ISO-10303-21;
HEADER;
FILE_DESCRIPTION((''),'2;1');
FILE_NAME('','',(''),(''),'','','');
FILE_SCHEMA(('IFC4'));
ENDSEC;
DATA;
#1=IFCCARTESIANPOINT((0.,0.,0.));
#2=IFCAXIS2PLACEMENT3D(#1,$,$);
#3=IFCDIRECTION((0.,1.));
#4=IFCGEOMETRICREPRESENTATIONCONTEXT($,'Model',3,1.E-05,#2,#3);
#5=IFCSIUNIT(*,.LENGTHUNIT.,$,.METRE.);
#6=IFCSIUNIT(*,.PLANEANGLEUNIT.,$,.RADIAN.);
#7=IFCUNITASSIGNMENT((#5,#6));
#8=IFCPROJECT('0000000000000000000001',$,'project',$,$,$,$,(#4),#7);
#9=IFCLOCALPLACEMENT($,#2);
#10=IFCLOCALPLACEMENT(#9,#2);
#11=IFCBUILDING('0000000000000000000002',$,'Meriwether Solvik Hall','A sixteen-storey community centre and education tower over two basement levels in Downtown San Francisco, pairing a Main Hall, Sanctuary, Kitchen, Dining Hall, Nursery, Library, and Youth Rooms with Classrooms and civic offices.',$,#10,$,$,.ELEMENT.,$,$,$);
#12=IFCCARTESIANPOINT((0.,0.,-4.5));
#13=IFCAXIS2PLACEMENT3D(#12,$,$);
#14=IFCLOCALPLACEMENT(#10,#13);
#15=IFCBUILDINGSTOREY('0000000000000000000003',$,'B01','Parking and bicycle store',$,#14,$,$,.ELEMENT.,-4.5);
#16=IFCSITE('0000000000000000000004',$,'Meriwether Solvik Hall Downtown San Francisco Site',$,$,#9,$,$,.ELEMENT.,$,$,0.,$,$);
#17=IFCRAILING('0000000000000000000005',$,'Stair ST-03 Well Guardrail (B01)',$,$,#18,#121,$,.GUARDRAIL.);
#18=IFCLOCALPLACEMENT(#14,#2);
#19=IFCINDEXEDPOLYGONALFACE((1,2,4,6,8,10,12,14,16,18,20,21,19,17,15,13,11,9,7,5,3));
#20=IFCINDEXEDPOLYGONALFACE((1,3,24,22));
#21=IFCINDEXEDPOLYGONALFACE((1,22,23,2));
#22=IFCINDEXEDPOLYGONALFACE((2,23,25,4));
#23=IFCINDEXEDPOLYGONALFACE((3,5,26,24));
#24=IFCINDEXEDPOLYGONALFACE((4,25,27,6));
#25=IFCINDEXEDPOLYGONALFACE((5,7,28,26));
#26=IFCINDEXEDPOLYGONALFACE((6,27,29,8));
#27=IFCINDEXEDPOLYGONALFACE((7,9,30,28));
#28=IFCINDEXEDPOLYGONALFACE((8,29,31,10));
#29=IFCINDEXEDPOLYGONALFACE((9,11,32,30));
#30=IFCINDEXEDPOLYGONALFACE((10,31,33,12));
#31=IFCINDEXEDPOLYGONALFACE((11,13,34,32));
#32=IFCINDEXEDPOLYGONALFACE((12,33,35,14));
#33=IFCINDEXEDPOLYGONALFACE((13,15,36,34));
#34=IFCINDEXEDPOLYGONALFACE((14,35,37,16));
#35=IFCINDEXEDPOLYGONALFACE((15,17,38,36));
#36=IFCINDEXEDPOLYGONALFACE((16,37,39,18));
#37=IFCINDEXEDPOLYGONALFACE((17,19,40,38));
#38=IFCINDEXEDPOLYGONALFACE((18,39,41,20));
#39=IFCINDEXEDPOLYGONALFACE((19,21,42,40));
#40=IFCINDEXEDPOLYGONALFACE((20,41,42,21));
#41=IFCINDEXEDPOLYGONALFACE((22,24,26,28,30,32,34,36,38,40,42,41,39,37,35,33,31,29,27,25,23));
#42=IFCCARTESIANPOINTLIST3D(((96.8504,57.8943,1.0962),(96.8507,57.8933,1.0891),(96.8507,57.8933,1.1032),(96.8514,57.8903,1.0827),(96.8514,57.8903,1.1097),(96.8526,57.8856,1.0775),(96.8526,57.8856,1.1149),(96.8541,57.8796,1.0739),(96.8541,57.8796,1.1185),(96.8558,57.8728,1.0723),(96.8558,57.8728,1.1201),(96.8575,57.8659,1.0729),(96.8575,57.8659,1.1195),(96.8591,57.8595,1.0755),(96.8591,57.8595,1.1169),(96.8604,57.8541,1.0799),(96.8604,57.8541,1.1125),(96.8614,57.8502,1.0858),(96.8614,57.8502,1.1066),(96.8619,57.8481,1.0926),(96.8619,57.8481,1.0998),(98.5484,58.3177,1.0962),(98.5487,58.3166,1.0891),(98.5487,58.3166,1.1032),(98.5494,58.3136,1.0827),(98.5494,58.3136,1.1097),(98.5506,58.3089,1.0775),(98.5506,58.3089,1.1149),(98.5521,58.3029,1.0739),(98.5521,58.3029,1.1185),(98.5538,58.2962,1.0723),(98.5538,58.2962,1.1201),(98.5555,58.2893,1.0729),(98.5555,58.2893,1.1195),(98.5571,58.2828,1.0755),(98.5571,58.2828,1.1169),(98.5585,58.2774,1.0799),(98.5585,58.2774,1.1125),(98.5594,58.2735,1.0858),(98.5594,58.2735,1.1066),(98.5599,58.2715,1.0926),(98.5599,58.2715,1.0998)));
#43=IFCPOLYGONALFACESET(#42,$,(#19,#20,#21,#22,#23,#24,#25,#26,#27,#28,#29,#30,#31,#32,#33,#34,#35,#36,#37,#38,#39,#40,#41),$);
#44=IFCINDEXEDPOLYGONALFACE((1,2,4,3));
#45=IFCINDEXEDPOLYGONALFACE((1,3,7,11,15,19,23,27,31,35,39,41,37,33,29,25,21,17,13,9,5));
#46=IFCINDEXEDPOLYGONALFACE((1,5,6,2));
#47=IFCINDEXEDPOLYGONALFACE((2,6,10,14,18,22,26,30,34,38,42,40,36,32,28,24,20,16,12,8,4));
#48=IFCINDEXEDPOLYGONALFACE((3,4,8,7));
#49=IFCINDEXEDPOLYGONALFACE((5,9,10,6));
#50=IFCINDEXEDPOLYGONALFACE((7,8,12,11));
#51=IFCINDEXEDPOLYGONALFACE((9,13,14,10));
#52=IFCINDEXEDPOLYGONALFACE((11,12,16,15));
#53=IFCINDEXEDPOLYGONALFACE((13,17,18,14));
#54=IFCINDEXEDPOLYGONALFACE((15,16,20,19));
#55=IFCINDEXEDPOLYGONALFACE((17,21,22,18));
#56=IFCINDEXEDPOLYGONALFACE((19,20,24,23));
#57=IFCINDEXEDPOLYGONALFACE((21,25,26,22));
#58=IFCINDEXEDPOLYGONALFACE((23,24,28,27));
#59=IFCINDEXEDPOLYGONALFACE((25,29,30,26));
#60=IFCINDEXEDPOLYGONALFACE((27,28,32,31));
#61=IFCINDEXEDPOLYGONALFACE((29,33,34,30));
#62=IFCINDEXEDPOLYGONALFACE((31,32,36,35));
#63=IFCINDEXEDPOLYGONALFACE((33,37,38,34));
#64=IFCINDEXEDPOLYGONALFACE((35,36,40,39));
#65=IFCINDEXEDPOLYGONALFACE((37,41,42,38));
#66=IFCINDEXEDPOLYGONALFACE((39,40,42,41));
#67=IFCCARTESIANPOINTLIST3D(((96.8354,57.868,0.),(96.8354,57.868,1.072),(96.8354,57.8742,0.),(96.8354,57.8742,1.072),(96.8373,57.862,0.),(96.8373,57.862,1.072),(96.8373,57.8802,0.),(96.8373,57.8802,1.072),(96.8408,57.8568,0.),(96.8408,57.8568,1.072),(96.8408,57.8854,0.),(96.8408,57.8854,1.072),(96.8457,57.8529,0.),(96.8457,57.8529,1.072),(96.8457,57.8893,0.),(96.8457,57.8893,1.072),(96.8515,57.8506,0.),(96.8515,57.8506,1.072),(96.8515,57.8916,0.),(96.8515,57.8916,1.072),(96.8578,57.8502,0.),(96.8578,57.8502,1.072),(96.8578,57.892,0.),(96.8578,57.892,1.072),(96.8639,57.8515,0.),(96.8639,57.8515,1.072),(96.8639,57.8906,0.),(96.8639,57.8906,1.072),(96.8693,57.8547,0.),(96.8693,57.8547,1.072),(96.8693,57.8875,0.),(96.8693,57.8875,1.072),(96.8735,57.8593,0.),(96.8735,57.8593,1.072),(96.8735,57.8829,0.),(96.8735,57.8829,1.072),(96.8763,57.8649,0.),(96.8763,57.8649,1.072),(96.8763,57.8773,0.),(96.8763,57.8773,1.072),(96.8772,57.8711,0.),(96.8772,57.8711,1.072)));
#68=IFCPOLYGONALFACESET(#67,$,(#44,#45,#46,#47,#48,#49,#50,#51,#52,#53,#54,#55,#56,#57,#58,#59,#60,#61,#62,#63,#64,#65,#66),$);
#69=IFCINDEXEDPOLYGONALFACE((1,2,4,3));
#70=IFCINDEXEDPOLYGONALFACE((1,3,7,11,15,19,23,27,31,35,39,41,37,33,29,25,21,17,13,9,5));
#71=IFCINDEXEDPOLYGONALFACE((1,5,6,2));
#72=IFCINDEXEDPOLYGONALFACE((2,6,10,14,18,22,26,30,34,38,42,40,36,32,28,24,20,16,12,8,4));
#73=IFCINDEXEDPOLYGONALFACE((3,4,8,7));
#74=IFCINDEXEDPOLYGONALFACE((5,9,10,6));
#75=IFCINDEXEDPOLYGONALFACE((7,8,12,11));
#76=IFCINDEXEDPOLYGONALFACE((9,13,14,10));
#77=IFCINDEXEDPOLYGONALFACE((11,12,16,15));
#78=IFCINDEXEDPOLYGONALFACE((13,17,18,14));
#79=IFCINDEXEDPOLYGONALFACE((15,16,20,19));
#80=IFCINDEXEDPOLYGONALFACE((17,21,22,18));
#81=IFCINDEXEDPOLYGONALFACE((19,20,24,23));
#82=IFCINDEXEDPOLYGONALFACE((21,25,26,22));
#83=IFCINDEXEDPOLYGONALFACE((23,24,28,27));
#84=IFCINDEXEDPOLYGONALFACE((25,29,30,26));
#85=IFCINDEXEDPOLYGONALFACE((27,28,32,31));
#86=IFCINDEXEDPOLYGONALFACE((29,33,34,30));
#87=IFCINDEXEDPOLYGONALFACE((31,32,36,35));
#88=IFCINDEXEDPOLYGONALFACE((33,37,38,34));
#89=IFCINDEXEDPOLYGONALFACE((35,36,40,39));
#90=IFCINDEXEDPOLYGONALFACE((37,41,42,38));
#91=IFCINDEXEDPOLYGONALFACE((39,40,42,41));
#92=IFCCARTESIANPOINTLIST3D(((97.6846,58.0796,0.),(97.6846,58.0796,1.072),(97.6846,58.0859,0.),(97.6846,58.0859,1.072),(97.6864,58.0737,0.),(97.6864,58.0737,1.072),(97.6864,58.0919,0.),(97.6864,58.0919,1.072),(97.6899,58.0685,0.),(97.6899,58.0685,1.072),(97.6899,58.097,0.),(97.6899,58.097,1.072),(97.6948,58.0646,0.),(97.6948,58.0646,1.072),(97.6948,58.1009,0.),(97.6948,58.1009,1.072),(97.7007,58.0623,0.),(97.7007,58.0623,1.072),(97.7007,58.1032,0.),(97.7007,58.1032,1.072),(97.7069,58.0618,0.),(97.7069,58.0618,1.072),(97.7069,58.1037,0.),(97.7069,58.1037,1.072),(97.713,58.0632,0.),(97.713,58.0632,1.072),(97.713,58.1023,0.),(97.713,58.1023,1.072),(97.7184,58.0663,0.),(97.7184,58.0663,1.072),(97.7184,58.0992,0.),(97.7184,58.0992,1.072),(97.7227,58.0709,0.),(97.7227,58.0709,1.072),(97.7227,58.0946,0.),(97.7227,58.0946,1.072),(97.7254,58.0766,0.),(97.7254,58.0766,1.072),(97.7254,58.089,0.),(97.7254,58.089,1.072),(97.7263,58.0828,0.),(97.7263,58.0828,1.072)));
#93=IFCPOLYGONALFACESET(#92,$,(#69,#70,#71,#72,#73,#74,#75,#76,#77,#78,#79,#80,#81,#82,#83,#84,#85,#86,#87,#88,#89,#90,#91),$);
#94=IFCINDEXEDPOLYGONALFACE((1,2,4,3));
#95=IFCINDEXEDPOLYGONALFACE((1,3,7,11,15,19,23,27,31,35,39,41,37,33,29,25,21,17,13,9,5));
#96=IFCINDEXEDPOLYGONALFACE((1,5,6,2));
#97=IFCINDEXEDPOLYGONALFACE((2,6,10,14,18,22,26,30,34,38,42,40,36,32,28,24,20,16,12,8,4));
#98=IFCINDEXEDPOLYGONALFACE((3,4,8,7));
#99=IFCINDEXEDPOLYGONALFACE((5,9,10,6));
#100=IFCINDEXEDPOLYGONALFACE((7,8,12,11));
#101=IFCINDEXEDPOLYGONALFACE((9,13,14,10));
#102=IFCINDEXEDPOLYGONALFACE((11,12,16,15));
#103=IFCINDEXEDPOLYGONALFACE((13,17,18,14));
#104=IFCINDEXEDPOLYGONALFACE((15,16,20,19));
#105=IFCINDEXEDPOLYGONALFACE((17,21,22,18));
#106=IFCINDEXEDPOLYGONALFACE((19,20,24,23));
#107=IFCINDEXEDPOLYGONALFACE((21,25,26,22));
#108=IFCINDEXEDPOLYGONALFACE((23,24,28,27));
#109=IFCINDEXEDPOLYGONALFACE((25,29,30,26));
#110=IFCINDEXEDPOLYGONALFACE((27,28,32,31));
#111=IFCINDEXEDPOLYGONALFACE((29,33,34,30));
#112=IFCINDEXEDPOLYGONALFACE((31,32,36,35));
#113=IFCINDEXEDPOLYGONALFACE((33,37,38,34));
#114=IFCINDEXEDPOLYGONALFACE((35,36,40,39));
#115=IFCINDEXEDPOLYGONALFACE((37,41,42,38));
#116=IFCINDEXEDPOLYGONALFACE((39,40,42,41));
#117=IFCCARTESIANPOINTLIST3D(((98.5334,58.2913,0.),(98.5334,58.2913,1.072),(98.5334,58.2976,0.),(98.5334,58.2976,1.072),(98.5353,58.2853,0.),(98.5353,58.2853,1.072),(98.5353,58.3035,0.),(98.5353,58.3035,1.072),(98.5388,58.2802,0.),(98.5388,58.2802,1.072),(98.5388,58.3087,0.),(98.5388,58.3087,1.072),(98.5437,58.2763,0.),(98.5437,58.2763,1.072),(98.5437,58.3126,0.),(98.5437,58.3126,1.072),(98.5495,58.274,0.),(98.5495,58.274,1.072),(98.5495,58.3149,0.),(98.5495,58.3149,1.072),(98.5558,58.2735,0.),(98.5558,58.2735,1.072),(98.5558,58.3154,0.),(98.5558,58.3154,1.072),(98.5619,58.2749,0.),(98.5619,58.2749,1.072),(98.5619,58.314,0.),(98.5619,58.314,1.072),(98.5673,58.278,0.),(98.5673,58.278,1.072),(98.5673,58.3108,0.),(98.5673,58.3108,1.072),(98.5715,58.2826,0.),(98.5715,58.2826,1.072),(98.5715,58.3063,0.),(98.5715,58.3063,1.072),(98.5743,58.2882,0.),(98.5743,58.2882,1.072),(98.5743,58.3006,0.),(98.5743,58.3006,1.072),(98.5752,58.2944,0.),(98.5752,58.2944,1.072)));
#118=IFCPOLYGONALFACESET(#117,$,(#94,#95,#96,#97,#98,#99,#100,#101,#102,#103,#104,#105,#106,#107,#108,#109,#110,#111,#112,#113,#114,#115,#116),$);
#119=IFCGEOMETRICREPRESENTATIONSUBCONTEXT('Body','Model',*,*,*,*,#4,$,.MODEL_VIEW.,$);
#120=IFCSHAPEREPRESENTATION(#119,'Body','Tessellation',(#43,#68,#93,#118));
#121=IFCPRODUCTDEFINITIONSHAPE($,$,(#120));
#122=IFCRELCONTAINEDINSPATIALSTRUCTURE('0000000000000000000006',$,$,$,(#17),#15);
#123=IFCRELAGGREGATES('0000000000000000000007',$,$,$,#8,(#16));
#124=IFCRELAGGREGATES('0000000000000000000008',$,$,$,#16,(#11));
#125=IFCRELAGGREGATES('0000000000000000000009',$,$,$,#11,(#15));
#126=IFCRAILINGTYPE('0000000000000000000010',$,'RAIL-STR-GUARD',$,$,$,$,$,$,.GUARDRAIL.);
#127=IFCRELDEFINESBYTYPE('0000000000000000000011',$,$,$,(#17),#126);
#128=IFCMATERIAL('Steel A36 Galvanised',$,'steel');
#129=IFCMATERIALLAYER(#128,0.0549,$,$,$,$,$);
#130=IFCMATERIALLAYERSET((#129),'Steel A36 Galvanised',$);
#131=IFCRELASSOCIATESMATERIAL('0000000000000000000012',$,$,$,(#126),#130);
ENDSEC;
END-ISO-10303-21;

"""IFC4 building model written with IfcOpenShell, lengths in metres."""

from ifc_helpers import new_model, si_unit, direction, frame, origin, origin_2d, place, context, subcontext, project, spatial, circle, extrude, material, layer, layer_set, type_object, element, save


model = new_model("IFC4")

# Units and contexts
model_context = context("Model", 3, precision=1e-05, world=origin(), true_north=direction((0.0, 1.0)))
body_context = subcontext(model_context, "Body", "Model", "MODEL_VIEW")
ifc_project = project(units=[si_unit("LENGTHUNIT", "METRE"), si_unit("PLANEANGLEUNIT", "RADIAN")], contexts=[model_context])

# Site, building, storey
site_placement = place(None, origin())
site = spatial("IfcSite", under=ifc_project, at=site_placement, Name="Meriwether Solvik Hall Downtown San Francisco Site", CompositionType="ELEMENT", RefElevation=0.0)
building_placement = place(site_placement, origin())
building = spatial("IfcBuilding", under=site, at=building_placement, Name="Meriwether Solvik Hall", Description="A sixteen-storey community centre and education tower over two basement levels in Downtown San Francisco, pairing a Main Hall, Sanctuary, Kitchen, Dining Hall, Nursery, Library, and Youth Rooms with Classrooms and civic offices.", CompositionType="ELEMENT")
storey_placement = place(building_placement, frame((0.0, 0.0, -4.5)))
storey = spatial("IfcBuildingStorey", under=building, at=storey_placement, Name="B01", Description="Parking and bicycle store", CompositionType="ELEMENT", Elevation=-4.5)

# Railing
ifc_material_1 = material(Name="Steel A36 Galvanised", Category="steel")
ifc_layer_1 = layer(ifc_material_1, 0.0549)
ifc_layer_set_1 = layer_set([ifc_layer_1], Name="Steel A36 Galvanised")
railing_type_1 = type_object("IfcRailingType", Name="RAIL-STR-GUARD", PredefinedType="GUARDRAIL", material=ifc_layer_set_1)
railing_1_placement = place(storey_placement, frame((96.8562, 57.8711, 0.0)))
element("IfcRailing", 1, at=railing_1_placement, inside=storey, type_object=railing_type_1, Name="Stair ST-03 Well Guardrail (B01)", PredefinedType="GUARDRAIL", context=body_context, shape_type="SweptSolid", body=[
    extrude(circle(Radius=0.0239, at=origin_2d()), frame((0.0, 0.0, 1.0962), z_axis=(0.970298, 0.241912, 0.0), x_axis=(-0.241912, 0.970298, 0.0)), (0.0, 0.0, 1.0), 1.75),
    extrude(circle(Radius=0.021, at=origin_2d()), origin(), (0.0, 0.0, 1.0), 1.072),
    extrude(circle(Radius=0.021, at=origin_2d()), frame((0.8491, 0.2117, 0.0)), (0.0, 0.0, 1.0), 1.072),
    extrude(circle(Radius=0.021, at=origin_2d()), frame((1.698, 0.4233, 0.0)), (0.0, 0.0, 1.0), 1.072),
])

save(model, "model.ifc")
